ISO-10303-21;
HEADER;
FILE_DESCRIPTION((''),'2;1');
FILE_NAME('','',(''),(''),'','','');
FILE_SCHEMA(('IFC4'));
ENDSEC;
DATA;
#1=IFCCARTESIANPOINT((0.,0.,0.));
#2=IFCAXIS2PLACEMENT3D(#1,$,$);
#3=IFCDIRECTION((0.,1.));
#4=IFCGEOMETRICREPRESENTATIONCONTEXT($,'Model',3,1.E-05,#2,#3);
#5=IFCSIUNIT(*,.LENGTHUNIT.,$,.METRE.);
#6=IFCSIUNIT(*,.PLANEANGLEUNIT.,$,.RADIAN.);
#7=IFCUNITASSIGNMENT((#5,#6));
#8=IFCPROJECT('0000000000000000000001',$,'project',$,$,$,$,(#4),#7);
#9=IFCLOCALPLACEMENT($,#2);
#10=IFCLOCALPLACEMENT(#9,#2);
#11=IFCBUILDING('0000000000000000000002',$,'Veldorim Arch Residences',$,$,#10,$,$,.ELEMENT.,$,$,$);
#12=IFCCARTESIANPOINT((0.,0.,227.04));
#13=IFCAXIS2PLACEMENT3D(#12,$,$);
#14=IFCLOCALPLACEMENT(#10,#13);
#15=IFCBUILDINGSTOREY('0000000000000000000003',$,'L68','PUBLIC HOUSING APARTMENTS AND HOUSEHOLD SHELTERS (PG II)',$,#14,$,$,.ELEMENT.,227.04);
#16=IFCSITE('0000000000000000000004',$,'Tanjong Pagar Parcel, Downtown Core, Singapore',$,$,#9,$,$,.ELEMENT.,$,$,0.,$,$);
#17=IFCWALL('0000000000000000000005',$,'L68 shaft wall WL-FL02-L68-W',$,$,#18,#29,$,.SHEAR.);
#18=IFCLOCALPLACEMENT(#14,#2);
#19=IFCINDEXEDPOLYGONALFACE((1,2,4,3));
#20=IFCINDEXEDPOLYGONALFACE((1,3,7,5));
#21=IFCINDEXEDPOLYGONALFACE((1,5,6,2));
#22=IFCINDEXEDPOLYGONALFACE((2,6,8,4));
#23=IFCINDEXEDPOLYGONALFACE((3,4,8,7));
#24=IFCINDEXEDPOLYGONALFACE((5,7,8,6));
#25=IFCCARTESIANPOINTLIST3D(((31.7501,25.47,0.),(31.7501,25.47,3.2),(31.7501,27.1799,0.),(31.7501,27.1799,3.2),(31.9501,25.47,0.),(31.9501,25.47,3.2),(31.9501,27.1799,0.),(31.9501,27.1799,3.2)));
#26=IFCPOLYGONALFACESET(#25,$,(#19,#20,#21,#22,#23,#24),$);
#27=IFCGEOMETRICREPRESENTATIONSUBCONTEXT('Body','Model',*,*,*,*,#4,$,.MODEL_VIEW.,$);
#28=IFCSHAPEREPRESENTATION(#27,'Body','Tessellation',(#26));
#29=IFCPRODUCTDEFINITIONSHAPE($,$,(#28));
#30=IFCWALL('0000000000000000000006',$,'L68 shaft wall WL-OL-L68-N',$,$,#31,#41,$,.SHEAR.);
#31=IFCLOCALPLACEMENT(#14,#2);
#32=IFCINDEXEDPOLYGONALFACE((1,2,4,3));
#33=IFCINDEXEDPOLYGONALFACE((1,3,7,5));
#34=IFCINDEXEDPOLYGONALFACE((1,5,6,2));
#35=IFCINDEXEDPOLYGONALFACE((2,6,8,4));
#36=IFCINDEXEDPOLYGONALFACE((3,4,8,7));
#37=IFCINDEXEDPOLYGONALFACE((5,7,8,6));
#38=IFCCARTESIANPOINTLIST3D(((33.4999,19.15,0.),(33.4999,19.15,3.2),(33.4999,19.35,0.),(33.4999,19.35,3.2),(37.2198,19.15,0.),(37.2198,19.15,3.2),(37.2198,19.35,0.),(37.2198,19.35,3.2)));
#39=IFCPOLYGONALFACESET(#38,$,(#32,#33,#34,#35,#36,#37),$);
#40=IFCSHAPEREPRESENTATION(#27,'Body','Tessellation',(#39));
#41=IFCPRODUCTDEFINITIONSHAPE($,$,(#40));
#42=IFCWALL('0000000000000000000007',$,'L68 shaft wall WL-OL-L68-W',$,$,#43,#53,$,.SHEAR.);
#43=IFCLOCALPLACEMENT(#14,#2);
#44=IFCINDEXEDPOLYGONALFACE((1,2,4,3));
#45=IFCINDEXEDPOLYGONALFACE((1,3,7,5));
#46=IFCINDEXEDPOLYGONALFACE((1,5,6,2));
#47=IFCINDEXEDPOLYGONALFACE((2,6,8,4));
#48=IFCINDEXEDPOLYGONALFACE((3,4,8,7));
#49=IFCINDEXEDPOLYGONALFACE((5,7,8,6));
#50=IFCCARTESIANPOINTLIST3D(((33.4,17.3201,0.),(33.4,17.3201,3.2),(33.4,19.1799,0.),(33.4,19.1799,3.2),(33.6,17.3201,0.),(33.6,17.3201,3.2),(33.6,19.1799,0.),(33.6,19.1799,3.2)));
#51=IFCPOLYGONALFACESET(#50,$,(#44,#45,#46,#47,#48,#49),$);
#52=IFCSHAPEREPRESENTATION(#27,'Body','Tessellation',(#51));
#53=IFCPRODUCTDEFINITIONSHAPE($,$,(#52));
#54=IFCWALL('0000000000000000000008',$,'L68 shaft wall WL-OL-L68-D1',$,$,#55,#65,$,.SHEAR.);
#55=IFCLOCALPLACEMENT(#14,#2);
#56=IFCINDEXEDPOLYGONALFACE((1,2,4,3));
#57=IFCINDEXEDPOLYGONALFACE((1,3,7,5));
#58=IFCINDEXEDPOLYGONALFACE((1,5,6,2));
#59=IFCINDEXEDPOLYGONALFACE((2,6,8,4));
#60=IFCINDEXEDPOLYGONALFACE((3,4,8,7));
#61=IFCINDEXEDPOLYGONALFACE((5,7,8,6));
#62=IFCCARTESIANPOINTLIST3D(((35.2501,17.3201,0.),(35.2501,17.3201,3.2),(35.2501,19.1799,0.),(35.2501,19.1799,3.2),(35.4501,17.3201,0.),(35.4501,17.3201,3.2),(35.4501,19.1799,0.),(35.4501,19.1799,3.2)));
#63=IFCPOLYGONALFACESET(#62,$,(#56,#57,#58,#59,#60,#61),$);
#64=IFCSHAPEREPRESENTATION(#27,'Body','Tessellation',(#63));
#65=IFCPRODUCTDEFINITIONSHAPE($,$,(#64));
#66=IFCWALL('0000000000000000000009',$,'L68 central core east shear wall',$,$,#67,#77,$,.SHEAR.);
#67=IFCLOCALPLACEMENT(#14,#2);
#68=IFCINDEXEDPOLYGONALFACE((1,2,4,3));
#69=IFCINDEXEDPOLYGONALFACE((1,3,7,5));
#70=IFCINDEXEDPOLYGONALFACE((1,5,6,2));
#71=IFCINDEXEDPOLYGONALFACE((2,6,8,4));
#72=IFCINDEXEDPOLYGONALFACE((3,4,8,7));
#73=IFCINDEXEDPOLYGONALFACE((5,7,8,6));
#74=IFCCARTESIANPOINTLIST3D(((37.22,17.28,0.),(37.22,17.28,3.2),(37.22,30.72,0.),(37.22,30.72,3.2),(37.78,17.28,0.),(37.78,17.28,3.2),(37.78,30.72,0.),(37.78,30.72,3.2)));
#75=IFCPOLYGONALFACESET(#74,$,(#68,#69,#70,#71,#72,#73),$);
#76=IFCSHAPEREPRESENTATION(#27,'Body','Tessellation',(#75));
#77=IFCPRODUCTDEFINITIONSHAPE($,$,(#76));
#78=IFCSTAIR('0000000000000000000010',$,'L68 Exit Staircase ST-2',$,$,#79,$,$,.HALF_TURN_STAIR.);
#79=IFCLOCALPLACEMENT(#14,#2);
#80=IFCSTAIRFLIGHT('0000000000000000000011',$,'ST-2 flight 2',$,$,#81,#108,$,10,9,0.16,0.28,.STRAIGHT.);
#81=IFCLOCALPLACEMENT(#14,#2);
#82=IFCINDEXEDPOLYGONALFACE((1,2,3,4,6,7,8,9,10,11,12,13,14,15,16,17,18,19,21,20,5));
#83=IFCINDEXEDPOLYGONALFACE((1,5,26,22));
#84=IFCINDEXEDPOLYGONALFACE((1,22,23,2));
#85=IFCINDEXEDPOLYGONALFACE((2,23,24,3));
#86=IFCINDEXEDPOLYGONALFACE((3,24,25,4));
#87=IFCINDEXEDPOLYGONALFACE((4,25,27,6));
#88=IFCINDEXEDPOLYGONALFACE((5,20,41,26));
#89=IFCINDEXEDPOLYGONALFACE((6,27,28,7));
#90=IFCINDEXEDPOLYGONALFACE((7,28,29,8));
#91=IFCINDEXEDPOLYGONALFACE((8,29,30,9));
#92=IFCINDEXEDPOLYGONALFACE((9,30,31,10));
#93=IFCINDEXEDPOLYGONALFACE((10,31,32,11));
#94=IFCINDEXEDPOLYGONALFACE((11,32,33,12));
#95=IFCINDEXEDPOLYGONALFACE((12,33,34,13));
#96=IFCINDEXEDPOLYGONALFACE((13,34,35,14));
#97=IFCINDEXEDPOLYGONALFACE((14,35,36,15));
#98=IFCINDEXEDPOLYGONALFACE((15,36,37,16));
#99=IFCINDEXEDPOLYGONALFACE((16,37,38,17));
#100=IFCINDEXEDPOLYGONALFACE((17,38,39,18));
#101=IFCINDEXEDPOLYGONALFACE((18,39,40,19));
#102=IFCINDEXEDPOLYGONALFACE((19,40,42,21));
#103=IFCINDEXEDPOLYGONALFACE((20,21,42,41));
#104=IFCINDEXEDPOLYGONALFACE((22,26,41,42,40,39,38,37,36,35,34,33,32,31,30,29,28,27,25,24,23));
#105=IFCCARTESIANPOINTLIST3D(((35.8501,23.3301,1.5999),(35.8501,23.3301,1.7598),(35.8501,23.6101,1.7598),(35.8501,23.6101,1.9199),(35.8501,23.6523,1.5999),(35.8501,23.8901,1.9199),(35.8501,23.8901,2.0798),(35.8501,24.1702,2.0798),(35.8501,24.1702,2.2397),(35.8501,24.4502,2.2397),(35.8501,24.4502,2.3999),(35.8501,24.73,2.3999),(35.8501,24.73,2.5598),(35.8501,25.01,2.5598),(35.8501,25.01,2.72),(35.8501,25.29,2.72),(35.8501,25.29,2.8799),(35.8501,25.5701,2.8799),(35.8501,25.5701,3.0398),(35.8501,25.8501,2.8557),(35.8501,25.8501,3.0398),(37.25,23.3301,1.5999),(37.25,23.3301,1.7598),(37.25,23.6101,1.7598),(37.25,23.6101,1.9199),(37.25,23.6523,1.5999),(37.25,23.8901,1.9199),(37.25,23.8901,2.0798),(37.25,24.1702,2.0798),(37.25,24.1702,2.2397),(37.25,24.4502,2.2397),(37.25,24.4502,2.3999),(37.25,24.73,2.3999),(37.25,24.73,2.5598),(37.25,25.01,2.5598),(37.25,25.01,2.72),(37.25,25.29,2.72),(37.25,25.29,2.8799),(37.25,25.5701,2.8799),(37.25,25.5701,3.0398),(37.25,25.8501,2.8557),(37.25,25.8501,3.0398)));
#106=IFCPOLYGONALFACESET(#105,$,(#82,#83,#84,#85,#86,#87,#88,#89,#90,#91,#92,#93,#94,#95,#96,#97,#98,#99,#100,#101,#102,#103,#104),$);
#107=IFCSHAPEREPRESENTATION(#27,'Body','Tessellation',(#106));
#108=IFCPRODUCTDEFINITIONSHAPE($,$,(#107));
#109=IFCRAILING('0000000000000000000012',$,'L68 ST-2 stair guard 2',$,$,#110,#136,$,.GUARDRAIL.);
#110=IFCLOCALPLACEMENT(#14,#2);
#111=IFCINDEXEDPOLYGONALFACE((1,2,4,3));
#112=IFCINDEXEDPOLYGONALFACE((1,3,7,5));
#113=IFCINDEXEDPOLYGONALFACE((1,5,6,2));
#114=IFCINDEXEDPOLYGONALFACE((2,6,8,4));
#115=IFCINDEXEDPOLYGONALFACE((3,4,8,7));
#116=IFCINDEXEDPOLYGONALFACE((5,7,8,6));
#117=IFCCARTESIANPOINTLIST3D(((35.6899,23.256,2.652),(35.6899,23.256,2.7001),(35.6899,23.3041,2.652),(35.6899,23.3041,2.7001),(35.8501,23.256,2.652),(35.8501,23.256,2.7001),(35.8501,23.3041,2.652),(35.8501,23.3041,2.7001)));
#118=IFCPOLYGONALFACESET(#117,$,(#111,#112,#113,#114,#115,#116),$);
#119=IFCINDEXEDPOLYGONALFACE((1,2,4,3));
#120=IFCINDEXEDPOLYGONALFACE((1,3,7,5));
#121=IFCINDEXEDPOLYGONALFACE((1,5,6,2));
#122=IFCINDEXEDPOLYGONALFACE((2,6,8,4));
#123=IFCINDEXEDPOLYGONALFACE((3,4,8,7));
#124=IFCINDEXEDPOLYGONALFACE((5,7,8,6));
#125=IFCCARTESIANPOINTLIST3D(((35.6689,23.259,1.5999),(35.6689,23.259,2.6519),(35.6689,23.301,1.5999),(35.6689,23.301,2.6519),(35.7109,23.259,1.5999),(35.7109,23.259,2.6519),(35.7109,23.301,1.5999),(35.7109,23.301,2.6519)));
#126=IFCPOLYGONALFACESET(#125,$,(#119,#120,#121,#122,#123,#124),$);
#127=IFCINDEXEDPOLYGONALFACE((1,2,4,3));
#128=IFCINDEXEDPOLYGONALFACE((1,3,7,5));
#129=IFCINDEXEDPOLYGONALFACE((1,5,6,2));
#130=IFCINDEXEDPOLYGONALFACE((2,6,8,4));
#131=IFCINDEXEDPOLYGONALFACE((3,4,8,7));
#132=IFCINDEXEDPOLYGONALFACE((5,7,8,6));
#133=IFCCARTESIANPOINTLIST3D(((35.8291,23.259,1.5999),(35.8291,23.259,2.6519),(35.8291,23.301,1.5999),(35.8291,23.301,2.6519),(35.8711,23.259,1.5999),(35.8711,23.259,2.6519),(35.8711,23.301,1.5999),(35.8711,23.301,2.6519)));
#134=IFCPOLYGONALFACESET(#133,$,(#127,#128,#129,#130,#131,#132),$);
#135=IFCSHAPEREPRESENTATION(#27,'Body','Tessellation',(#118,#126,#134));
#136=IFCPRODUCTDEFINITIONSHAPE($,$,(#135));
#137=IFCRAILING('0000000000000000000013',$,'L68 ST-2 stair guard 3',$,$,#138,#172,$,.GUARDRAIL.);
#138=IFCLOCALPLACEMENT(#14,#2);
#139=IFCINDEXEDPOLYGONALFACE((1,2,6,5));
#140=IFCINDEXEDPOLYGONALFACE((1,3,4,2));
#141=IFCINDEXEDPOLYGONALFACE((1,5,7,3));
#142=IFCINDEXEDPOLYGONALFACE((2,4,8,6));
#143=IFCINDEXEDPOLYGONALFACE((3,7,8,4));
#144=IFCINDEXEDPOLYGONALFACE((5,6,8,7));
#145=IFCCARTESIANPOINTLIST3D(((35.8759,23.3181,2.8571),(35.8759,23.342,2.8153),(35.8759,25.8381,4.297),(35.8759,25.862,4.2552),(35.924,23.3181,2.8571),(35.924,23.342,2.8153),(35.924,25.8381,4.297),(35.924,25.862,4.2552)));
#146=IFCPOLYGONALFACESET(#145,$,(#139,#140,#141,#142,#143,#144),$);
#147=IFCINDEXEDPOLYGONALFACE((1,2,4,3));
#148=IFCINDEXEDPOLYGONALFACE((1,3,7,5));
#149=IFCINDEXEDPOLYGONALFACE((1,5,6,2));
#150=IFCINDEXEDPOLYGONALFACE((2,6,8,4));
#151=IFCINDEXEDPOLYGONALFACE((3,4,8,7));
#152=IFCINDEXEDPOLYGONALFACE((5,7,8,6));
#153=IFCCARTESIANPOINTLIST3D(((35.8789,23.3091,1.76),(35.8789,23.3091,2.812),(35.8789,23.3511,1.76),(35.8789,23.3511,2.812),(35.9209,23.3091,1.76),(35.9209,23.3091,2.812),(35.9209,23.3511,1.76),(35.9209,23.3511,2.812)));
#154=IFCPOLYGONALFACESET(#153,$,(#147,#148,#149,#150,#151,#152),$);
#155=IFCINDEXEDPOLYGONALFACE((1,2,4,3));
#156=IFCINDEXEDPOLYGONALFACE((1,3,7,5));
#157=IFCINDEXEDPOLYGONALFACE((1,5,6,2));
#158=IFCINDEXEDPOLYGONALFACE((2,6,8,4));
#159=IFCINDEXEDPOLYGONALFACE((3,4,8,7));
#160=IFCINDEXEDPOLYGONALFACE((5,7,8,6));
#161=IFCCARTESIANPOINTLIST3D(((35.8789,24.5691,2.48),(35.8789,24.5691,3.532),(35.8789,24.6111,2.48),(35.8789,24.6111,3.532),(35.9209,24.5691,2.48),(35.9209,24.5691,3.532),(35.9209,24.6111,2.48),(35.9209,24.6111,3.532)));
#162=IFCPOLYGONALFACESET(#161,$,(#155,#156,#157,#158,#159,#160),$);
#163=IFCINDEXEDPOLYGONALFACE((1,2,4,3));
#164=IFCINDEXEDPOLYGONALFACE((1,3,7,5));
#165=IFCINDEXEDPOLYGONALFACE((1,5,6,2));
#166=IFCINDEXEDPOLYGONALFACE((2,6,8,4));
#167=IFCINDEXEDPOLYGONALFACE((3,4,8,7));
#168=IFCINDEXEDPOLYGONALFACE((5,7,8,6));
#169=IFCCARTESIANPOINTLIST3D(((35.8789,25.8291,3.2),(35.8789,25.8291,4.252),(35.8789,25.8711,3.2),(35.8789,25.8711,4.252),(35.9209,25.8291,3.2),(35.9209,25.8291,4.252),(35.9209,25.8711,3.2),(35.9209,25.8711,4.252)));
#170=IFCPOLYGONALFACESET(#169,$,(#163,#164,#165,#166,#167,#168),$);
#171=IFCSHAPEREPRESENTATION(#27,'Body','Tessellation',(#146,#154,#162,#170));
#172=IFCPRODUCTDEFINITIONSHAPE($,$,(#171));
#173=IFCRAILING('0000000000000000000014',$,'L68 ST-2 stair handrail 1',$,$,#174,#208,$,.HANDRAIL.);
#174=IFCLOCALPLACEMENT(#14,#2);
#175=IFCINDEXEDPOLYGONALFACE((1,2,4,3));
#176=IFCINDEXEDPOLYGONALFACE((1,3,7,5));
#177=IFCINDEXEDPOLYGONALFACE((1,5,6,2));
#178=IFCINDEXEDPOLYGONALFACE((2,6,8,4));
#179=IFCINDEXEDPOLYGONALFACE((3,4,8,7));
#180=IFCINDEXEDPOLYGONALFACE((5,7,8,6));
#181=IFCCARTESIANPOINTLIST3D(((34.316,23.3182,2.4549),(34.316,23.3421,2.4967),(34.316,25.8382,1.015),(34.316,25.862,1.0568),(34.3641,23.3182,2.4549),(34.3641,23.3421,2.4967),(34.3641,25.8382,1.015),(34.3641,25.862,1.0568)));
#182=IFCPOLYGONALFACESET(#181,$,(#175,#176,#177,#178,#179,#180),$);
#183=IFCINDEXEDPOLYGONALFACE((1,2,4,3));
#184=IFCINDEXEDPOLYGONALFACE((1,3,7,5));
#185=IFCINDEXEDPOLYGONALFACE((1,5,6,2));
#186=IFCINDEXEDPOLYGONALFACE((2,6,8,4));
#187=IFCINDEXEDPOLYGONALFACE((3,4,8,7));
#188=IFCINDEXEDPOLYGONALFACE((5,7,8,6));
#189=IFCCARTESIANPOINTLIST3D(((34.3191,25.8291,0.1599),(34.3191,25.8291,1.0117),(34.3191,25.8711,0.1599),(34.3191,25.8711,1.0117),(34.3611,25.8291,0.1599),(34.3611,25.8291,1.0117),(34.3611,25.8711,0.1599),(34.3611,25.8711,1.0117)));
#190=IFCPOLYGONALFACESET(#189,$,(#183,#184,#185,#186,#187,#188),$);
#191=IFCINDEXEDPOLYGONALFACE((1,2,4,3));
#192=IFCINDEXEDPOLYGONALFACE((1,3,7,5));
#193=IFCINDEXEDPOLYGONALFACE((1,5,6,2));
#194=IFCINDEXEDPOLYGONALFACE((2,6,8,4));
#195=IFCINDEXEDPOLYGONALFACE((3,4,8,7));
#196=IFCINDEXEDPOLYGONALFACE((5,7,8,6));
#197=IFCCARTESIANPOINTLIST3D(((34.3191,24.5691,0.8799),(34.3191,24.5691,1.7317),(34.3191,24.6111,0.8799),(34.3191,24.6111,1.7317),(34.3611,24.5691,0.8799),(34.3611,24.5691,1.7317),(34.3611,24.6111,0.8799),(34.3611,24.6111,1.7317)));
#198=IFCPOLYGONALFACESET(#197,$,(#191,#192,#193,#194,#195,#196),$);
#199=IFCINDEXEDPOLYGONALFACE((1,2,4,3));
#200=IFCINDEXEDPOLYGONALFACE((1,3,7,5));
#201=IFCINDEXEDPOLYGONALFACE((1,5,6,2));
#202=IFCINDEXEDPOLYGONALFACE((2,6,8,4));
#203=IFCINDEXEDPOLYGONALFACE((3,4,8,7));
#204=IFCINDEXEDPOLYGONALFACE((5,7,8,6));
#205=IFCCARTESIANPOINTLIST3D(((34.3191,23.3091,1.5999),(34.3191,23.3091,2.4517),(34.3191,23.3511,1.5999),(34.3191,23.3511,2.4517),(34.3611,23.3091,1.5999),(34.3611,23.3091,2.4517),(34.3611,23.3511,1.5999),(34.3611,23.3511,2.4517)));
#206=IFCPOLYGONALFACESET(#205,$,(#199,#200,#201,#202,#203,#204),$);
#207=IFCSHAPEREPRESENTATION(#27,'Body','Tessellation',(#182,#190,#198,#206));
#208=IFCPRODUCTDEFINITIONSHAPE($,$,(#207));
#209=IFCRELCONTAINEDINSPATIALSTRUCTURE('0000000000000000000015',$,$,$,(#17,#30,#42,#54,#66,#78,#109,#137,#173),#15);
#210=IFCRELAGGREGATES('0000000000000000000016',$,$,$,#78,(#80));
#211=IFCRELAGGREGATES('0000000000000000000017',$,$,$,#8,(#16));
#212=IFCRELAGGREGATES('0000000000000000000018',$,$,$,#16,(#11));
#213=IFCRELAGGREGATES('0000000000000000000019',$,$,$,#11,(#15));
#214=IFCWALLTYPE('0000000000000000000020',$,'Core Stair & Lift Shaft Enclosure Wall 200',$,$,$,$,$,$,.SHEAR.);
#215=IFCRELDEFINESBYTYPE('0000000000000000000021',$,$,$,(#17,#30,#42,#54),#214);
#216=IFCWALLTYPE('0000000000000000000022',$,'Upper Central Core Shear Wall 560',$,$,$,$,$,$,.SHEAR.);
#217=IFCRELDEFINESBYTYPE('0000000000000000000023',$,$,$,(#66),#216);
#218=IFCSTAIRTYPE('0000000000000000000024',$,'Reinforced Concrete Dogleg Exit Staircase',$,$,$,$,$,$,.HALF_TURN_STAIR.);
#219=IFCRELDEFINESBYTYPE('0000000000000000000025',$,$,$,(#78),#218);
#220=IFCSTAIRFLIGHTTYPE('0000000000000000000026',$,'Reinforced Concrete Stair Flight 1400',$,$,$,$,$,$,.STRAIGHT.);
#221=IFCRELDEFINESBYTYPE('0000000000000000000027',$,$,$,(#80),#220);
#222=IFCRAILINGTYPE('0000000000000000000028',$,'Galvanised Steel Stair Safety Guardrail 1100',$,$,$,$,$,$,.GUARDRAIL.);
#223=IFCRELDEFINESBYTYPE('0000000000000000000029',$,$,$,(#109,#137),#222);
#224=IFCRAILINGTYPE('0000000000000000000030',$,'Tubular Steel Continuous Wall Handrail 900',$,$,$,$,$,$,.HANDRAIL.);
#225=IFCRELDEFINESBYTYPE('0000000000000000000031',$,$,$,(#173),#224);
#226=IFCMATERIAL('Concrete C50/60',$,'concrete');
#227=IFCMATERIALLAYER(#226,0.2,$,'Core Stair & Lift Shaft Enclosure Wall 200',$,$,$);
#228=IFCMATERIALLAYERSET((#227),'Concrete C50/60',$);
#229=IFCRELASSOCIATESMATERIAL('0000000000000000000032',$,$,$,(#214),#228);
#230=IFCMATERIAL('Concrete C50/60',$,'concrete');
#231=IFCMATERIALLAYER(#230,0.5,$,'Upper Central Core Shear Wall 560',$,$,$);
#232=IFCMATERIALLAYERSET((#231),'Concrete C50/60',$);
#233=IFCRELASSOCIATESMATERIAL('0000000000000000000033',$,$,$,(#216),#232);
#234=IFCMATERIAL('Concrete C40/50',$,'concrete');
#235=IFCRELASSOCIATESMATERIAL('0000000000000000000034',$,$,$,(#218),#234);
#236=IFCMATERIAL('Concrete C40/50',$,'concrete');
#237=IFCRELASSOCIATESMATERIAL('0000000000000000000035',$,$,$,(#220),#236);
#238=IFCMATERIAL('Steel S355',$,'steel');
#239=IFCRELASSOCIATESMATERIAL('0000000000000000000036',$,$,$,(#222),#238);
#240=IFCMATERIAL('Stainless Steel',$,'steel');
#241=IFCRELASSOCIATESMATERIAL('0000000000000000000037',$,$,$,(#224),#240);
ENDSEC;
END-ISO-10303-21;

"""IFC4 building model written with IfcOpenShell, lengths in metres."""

from ifc_helpers import new_model, si_unit, direction, frame, frame_2d, origin, origin_2d, place, context, subcontext, project, spatial, polyline, rectangle, outline, extrude, material, layer, layer_set, type_object, element, aggregate, save


model = new_model("IFC4")

# Units and contexts
model_context = context("Model", 3, precision=1e-05, world=origin(), true_north=direction((0.0, 1.0)))
body_context = subcontext(model_context, "Body", "Model", "MODEL_VIEW")
ifc_project = project(units=[si_unit("LENGTHUNIT", "METRE"), si_unit("PLANEANGLEUNIT", "RADIAN")], contexts=[model_context])

# Site, building, storey
site_placement = place(None, origin())
site = spatial("IfcSite", under=ifc_project, at=site_placement, Name="Tanjong Pagar Parcel, Downtown Core, Singapore", CompositionType="ELEMENT", RefElevation=0.0)
building_placement = place(site_placement, origin())
building = spatial("IfcBuilding", under=site, at=building_placement, Name="Veldorim Arch Residences", CompositionType="ELEMENT")
storey_placement = place(building_placement, frame((0.0, 0.0, 227.04)))
storey = spatial("IfcBuildingStorey", under=building, at=storey_placement, Name="L68", Description="PUBLIC HOUSING APARTMENTS AND HOUSEHOLD SHELTERS (PG II)", CompositionType="ELEMENT", Elevation=227.04)

# Walls
ifc_material_1 = material(Name="Concrete C50/60", Category="concrete")
ifc_layer_1 = layer(ifc_material_1, 0.2, Name="Core Stair & Lift Shaft Enclosure Wall 200")
ifc_layer_set_1 = layer_set([ifc_layer_1], Name="Concrete C50/60")
wall_type_1 = type_object("IfcWallType", Name="Core Stair & Lift Shaft Enclosure Wall 200", PredefinedType="SHEAR", material=ifc_layer_set_1)
wall_1_placement = place(storey_placement, frame((31.8501, 25.47, 0.0), z_axis=(0.0, 0.0, 1.0), x_axis=(0.0, 1.0, 0.0)))
element("IfcWall", 1, at=wall_1_placement, inside=storey, type_object=wall_type_1, Name="L68 shaft wall WL-FL02-L68-W", PredefinedType="SHEAR", context=body_context, shape_type="SweptSolid", body=[
    extrude(rectangle(XDim=1.71, YDim=0.2, at=frame_2d((0.855, 0.0))), origin(), (0.0, 0.0, 1.0), 3.2),
])
wall_2_placement = place(storey_placement, frame((33.5, 19.25, 0.0), z_axis=(0.0, 0.0, 1.0), x_axis=(1.0, 0.0, 0.0)))
element("IfcWall", 2, at=wall_2_placement, inside=storey, type_object=wall_type_1, Name="L68 shaft wall WL-OL-L68-N", PredefinedType="SHEAR", context=body_context, shape_type="SweptSolid", body=[
    extrude(rectangle(XDim=3.72, YDim=0.2, at=frame_2d((1.8599, 0.0))), origin(), (0.0, 0.0, 1.0), 3.2),
])
for number, where, z_axis, x_axis, name in (
    (3, (33.5, 17.3201, 0.0), (0.0, 0.0, 1.0), (0.0, 1.0, 0.0), "L68 shaft wall WL-OL-L68-W"),
    (4, (35.3501, 17.3201, 0.0), (0.0, 0.0, 1.0), (0.0, 1.0, 0.0), "L68 shaft wall WL-OL-L68-D1"),
):
    element("IfcWall", number, at=place(storey_placement, frame(where, z_axis=z_axis, x_axis=x_axis)), inside=storey, type_object=wall_type_1, Name=name, PredefinedType="SHEAR", context=body_context, shape_type="SweptSolid", body=[
        extrude(rectangle(XDim=1.8599, YDim=0.2, at=frame_2d((0.9299, 0.0))), origin(), (0.0, 0.0, 1.0), 3.2),
    ])
ifc_material_2 = material(Name="Concrete C50/60", Category="concrete")
ifc_layer_2 = layer(ifc_material_2, 0.5, Name="Upper Central Core Shear Wall 560")
ifc_layer_set_2 = layer_set([ifc_layer_2], Name="Concrete C50/60")
wall_type_2 = type_object("IfcWallType", Name="Upper Central Core Shear Wall 560", PredefinedType="SHEAR", material=ifc_layer_set_2)
wall_3_placement = place(storey_placement, frame((37.5, 17.28, 0.0), z_axis=(0.0, 0.0, 1.0), x_axis=(0.0, 1.0, 0.0)))
element("IfcWall", 5, at=wall_3_placement, inside=storey, type_object=wall_type_2, Name="L68 central core east shear wall", PredefinedType="SHEAR", context=body_context, shape_type="SweptSolid", body=[
    extrude(rectangle(XDim=13.4399, YDim=0.5601, at=frame_2d((6.72, 0.0))), origin(), (0.0, 0.0, 1.0), 3.2),
])

# Stair, stair flight
ifc_material_3 = material(Name="Concrete C40/50", Category="concrete")
stair_type = type_object("IfcStairType", Name="Reinforced Concrete Dogleg Exit Staircase", PredefinedType="HALF_TURN_STAIR", material=ifc_material_3)
stair_placement = place(storey_placement, origin())
stair = element("IfcStair", 6, at=stair_placement, inside=storey, type_object=stair_type, Name="L68 Exit Staircase ST-2", PredefinedType="HALF_TURN_STAIR")
ifc_material_4 = material(Name="Concrete C40/50", Category="concrete")
stair_flight_type = type_object("IfcStairFlightType", Name="Reinforced Concrete Stair Flight 1400", PredefinedType="STRAIGHT", material=ifc_material_4)
stair_flight_placement = place(storey_placement, frame((36.55, 23.3301, 1.5999), z_axis=(0.0, 0.0, 1.0), x_axis=(0.0, 1.0, 0.0)))
stair_flight = element("IfcStairFlight", 7, at=stair_flight_placement, type_object=stair_flight_type, Name="ST-2 flight 2", NumberOfRisers=10, NumberOfTreads=9, PredefinedType="STRAIGHT", RiserHeight=0.16, TreadLength=0.28, context=body_context, shape_type="SweptSolid", body=[
    extrude(outline(polyline([(0.0, 0.0), (0.0, 0.1599), (0.28, 0.1599), (0.28, 0.3201), (0.5601, 0.3201), (0.5601, 0.48), (0.8401, 0.48), (0.8401, 0.6399), (1.1201, 0.6399), (1.1201, 0.8), (1.3999, 0.8), (1.3999, 0.96), (1.6799, 0.96), (1.6799, 1.1201), (1.96, 1.1201), (1.96, 1.28), (2.24, 1.28), (2.24, 1.4399), (2.52, 1.4399), (2.52, 1.6001), (2.52, 1.2559), (0.3223, 0.0), (0.0, 0.0)])), frame((0.0, 0.7, 0.0), z_axis=(0.0, -1.0, 0.0), x_axis=(1.0, 0.0, 0.0)), (0.0, 0.0, 1.0), 1.3999),
])
aggregate(stair, [stair_flight])

# Railings
ifc_material_5 = material(Name="Steel S355", Category="steel")
railing_type_1 = type_object("IfcRailingType", Name="Galvanised Steel Stair Safety Guardrail 1100", PredefinedType="GUARDRAIL", material=ifc_material_5)
railing_1_placement = place(storey_placement, frame((35.6899, 23.28, 1.5999)))
element("IfcRailing", 8, at=railing_1_placement, inside=storey, type_object=railing_type_1, Name="L68 ST-2 stair guard 2", PredefinedType="GUARDRAIL", context=body_context, shape_type="SweptSolid", body=[
    extrude(rectangle(XDim=0.0481, YDim=0.0481, at=origin_2d()), frame((0.0, 0.0, 1.0762), z_axis=(1.0, 0.0, 0.0), x_axis=(0.0, 1.0, 0.0)), (0.0, 0.0, 1.0), 0.1602),
    extrude(rectangle(XDim=0.042, YDim=0.042, at=origin_2d()), origin(), (0.0, 0.0, 1.0), 1.052),
    extrude(rectangle(XDim=0.042, YDim=0.042, at=origin_2d()), frame((0.1602, 0.0, 0.0)), (0.0, 0.0, 1.0), 1.052),
])
railing_2_placement = place(storey_placement, frame((35.8999, 23.3301, 1.76)))
element("IfcRailing", 9, at=railing_2_placement, inside=storey, type_object=railing_type_1, Name="L68 ST-2 stair guard 3", PredefinedType="GUARDRAIL", context=body_context, shape_type="SweptSolid", body=[
    extrude(rectangle(XDim=0.0481, YDim=0.0481, at=origin_2d()), frame((0.0, 0.0, 1.0762), z_axis=(0.0, 0.868253, 0.496121), x_axis=(-1.0, 0.0, 0.0)), (0.0, 0.0, 1.0), 2.9023),
    extrude(rectangle(XDim=0.042, YDim=0.042, at=origin_2d()), origin(), (0.0, 0.0, 1.0), 1.052),
    extrude(rectangle(XDim=0.042, YDim=0.042, at=origin_2d()), frame((0.0, 1.26, 0.72)), (0.0, 0.0, 1.0), 1.052),
    extrude(rectangle(XDim=0.042, YDim=0.042, at=origin_2d()), frame((0.0, 2.52, 1.4399)), (0.0, 0.0, 1.0), 1.052),
])
ifc_material_6 = material(Name="Stainless Steel", Category="steel")
railing_type_2 = type_object("IfcRailingType", Name="Tubular Steel Continuous Wall Handrail 900", PredefinedType="HANDRAIL", material=ifc_material_6)
railing_3_placement = place(storey_placement, frame((34.3401, 25.8501, 0.1599)))
element("IfcRailing", 10, at=railing_3_placement, inside=storey, type_object=railing_type_2, Name="L68 ST-2 stair handrail 1", PredefinedType="HANDRAIL", context=body_context, shape_type="SweptSolid", body=[
    extrude(rectangle(XDim=0.0481, YDim=0.0481, at=origin_2d()), frame((0.0, 0.0, 0.876), z_axis=(0.0, -0.868253, 0.496121), x_axis=(1.0, 0.0, 0.0)), (0.0, 0.0, 1.0), 2.9023),
    extrude(rectangle(XDim=0.042, YDim=0.042, at=origin_2d()), origin(), (0.0, 0.0, 1.0), 0.8518),
    extrude(rectangle(XDim=0.042, YDim=0.042, at=origin_2d()), frame((0.0, -1.26, 0.72)), (0.0, 0.0, 1.0), 0.8518),
    extrude(rectangle(XDim=0.042, YDim=0.042, at=origin_2d()), frame((0.0, -2.52, 1.4399)), (0.0, 0.0, 1.0), 0.8518),
])

save(model, "model.ifc")
